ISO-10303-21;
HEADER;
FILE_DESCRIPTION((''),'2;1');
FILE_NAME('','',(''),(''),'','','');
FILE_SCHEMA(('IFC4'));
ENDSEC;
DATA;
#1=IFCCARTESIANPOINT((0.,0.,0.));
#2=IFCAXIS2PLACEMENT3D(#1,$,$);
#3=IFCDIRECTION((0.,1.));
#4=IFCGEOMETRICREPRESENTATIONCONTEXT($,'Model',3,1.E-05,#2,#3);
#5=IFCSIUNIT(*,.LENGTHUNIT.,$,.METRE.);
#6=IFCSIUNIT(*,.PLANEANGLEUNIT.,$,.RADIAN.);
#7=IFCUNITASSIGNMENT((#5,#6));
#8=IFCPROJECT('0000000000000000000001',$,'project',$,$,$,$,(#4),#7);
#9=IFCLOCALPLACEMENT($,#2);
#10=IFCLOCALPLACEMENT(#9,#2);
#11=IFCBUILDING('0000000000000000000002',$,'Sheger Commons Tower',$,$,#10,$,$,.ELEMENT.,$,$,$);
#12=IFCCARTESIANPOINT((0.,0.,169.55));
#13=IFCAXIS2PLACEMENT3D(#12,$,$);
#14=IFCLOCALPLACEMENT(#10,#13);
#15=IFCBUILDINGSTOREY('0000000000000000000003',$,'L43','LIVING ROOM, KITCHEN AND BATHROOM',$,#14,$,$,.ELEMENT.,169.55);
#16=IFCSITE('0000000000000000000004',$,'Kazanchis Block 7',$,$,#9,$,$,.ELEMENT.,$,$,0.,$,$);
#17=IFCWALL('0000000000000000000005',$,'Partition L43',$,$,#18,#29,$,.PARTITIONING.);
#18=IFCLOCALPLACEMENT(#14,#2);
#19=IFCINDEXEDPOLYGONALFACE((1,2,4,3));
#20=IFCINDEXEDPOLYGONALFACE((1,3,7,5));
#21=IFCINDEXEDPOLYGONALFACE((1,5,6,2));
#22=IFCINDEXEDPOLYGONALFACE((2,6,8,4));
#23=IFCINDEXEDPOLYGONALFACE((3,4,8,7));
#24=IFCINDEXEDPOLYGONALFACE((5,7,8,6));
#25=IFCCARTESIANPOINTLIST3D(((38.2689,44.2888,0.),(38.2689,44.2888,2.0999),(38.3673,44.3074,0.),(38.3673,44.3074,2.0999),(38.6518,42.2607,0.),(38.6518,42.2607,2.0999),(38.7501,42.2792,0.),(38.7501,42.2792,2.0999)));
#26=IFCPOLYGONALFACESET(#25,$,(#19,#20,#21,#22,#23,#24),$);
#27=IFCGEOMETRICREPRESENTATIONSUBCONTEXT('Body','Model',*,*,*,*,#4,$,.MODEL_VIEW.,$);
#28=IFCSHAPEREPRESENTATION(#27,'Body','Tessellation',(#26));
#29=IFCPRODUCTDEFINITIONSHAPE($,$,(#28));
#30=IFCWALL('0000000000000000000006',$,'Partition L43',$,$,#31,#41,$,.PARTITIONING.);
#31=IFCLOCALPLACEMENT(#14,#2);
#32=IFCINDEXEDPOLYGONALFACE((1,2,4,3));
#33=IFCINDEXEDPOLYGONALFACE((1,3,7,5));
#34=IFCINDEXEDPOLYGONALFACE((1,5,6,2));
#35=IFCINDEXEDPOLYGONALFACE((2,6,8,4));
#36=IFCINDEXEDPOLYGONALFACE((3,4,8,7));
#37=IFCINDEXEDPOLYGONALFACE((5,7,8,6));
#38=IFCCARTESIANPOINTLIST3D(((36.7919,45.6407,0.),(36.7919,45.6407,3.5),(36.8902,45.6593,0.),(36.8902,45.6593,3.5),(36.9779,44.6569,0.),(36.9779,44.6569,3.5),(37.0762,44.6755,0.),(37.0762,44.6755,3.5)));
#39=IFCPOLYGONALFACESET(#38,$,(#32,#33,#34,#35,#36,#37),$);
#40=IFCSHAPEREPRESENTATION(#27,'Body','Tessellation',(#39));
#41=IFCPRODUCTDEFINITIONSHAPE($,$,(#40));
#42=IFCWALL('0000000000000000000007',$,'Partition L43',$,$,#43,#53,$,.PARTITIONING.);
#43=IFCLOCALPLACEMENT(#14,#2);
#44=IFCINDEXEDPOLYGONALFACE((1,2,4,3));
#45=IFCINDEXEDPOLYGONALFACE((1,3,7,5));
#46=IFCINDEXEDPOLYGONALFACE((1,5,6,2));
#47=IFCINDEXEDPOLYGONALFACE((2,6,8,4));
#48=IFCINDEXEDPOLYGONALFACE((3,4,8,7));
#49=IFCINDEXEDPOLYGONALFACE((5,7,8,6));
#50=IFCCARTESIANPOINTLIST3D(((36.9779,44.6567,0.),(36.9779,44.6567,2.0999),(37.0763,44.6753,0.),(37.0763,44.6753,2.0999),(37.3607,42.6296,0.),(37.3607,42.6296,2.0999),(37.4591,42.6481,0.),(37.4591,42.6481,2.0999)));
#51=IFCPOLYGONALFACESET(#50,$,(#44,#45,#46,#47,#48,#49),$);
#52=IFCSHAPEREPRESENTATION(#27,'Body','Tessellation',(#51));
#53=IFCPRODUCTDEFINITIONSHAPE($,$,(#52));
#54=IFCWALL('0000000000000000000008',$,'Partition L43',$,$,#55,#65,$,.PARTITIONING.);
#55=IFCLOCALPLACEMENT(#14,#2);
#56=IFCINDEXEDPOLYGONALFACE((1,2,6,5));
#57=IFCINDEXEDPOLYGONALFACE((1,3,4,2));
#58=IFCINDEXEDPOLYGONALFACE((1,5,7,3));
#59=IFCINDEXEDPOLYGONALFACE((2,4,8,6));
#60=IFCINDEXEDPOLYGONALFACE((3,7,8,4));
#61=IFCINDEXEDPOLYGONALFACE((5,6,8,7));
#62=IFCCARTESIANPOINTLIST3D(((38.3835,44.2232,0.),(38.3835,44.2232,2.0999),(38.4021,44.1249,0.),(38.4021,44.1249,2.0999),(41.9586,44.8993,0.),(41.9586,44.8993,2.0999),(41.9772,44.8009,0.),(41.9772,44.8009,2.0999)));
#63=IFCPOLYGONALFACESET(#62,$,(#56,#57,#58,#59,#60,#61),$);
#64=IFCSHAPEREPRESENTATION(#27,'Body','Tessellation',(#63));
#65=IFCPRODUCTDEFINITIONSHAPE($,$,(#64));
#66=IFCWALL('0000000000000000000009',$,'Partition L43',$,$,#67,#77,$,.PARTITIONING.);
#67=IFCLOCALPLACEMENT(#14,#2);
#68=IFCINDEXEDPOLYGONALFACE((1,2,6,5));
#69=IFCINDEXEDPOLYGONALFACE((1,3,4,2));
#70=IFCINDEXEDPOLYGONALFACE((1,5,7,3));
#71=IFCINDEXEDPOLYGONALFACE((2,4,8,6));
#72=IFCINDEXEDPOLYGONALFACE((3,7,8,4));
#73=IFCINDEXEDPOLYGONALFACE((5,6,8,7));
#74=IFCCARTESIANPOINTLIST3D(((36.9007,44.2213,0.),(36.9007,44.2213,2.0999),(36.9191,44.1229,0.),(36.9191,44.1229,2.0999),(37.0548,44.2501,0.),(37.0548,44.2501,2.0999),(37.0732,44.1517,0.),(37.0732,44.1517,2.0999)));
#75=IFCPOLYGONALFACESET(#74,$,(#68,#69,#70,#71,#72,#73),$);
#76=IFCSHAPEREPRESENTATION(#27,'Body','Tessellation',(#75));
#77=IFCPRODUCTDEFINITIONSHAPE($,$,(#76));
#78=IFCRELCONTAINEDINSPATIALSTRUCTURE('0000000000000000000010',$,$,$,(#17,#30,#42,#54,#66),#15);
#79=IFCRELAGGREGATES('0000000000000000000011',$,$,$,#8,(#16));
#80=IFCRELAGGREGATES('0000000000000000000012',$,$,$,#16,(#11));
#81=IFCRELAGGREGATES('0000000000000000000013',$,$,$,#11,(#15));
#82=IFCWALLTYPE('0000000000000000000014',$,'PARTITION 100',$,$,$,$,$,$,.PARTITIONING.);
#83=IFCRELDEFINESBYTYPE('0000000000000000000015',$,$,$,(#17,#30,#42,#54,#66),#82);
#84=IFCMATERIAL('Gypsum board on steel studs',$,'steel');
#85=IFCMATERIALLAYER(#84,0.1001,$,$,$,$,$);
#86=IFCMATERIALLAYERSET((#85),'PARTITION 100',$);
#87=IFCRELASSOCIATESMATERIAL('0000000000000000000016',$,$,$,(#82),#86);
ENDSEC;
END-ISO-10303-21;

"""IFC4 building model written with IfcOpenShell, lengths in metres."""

from ifc_helpers import new_model, si_unit, direction, frame, frame_2d, origin, place, context, subcontext, project, spatial, rectangle, extrude, material, layer, layer_set, type_object, element, save


model = new_model("IFC4")

# Units and contexts
model_context = context("Model", 3, precision=1e-05, world=origin(), true_north=direction((0.0, 1.0)))
body_context = subcontext(model_context, "Body", "Model", "MODEL_VIEW")
ifc_project = project(units=[si_unit("LENGTHUNIT", "METRE"), si_unit("PLANEANGLEUNIT", "RADIAN")], contexts=[model_context])

# Site, building, storey
site_placement = place(None, origin())
site = spatial("IfcSite", under=ifc_project, at=site_placement, Name="Kazanchis Block 7", CompositionType="ELEMENT", RefElevation=0.0)
building_placement = place(site_placement, origin())
building = spatial("IfcBuilding", under=site, at=building_placement, Name="Sheger Commons Tower", CompositionType="ELEMENT")
storey_placement = place(building_placement, frame((0.0, 0.0, 169.55)))
storey = spatial("IfcBuildingStorey", under=building, at=storey_placement, Name="L43", Description="LIVING ROOM, KITCHEN AND BATHROOM", CompositionType="ELEMENT", Elevation=169.55)

# Walls
ifc_material_1 = material(Name="Gypsum board on steel studs", Category="steel")
ifc_layer_1 = layer(ifc_material_1, 0.1001)
ifc_layer_set_1 = layer_set([ifc_layer_1], Name="PARTITION 100")
wall_type_1 = type_object("IfcWallType", Name="PARTITION 100", PredefinedType="PARTITIONING", material=ifc_layer_set_1)
wall_1_placement = place(storey_placement, frame((38.3181, 44.2981, 0.0), z_axis=(0.0, 0.0, 1.0), x_axis=(0.185481, -0.982648, 0.0)))
element("IfcWall", 1, at=wall_1_placement, inside=storey, type_object=wall_type_1, Name="Partition L43", PredefinedType="PARTITIONING", context=body_context, shape_type="SweptSolid", body=[
    extrude(rectangle(XDim=2.064, YDim=0.1001, at=frame_2d((1.032, 0.0))), origin(), (0.0, 0.0, 1.0), 2.0999),
])
wall_2_placement = place(storey_placement, frame((36.8411, 45.6499, 0.0), z_axis=(0.0, 0.0, 1.0), x_axis=(0.18579, -0.982589, 0.0)))
element("IfcWall", 2, at=wall_2_placement, inside=storey, type_object=wall_type_1, Name="Partition L43", PredefinedType="PARTITIONING", context=body_context, shape_type="SweptSolid", body=[
    extrude(rectangle(XDim=1.0012, YDim=0.1001, at=frame_2d((0.5005, 0.0))), origin(), (0.0, 0.0, 1.0), 3.5),
])
wall_3_placement = place(storey_placement, frame((37.0271, 44.666, 0.0), z_axis=(0.0, 0.0, 1.0), x_axis=(0.185567, -0.982632, 0.0)))
element("IfcWall", 3, at=wall_3_placement, inside=storey, type_object=wall_type_1, Name="Partition L43", PredefinedType="PARTITIONING", context=body_context, shape_type="SweptSolid", body=[
    extrude(rectangle(XDim=2.063, YDim=0.1001, at=frame_2d((1.0315, 0.0))), origin(), (0.0, 0.0, 1.0), 2.0999),
])
wall_4_placement = place(storey_placement, frame((41.968, 44.8501, 0.0), z_axis=(0.0, 0.0, 1.0), x_axis=(-0.982586, -0.185808, 0.0)))
element("IfcWall", 4, at=wall_4_placement, inside=storey, type_object=wall_type_1, Name="Partition L43", PredefinedType="PARTITIONING", context=body_context, shape_type="SweptSolid", body=[
    extrude(rectangle(XDim=3.6384, YDim=0.1001, at=frame_2d((1.8193, 0.0))), origin(), (0.0, 0.0, 1.0), 2.0999),
])
wall_5_placement = place(storey_placement, frame((37.064, 44.2009, 0.0), z_axis=(0.0, 0.0, 1.0), x_axis=(-0.98296, -0.183818, 0.0)))
element("IfcWall", 5, at=wall_5_placement, inside=storey, type_object=wall_type_1, Name="Partition L43", PredefinedType="PARTITIONING", context=body_context, shape_type="SweptSolid", body=[
    extrude(rectangle(XDim=0.1567, YDim=0.1001, at=frame_2d((0.0784, 0.0))), origin(), (0.0, 0.0, 1.0), 2.0999),
])

save(model, "model.ifc")
